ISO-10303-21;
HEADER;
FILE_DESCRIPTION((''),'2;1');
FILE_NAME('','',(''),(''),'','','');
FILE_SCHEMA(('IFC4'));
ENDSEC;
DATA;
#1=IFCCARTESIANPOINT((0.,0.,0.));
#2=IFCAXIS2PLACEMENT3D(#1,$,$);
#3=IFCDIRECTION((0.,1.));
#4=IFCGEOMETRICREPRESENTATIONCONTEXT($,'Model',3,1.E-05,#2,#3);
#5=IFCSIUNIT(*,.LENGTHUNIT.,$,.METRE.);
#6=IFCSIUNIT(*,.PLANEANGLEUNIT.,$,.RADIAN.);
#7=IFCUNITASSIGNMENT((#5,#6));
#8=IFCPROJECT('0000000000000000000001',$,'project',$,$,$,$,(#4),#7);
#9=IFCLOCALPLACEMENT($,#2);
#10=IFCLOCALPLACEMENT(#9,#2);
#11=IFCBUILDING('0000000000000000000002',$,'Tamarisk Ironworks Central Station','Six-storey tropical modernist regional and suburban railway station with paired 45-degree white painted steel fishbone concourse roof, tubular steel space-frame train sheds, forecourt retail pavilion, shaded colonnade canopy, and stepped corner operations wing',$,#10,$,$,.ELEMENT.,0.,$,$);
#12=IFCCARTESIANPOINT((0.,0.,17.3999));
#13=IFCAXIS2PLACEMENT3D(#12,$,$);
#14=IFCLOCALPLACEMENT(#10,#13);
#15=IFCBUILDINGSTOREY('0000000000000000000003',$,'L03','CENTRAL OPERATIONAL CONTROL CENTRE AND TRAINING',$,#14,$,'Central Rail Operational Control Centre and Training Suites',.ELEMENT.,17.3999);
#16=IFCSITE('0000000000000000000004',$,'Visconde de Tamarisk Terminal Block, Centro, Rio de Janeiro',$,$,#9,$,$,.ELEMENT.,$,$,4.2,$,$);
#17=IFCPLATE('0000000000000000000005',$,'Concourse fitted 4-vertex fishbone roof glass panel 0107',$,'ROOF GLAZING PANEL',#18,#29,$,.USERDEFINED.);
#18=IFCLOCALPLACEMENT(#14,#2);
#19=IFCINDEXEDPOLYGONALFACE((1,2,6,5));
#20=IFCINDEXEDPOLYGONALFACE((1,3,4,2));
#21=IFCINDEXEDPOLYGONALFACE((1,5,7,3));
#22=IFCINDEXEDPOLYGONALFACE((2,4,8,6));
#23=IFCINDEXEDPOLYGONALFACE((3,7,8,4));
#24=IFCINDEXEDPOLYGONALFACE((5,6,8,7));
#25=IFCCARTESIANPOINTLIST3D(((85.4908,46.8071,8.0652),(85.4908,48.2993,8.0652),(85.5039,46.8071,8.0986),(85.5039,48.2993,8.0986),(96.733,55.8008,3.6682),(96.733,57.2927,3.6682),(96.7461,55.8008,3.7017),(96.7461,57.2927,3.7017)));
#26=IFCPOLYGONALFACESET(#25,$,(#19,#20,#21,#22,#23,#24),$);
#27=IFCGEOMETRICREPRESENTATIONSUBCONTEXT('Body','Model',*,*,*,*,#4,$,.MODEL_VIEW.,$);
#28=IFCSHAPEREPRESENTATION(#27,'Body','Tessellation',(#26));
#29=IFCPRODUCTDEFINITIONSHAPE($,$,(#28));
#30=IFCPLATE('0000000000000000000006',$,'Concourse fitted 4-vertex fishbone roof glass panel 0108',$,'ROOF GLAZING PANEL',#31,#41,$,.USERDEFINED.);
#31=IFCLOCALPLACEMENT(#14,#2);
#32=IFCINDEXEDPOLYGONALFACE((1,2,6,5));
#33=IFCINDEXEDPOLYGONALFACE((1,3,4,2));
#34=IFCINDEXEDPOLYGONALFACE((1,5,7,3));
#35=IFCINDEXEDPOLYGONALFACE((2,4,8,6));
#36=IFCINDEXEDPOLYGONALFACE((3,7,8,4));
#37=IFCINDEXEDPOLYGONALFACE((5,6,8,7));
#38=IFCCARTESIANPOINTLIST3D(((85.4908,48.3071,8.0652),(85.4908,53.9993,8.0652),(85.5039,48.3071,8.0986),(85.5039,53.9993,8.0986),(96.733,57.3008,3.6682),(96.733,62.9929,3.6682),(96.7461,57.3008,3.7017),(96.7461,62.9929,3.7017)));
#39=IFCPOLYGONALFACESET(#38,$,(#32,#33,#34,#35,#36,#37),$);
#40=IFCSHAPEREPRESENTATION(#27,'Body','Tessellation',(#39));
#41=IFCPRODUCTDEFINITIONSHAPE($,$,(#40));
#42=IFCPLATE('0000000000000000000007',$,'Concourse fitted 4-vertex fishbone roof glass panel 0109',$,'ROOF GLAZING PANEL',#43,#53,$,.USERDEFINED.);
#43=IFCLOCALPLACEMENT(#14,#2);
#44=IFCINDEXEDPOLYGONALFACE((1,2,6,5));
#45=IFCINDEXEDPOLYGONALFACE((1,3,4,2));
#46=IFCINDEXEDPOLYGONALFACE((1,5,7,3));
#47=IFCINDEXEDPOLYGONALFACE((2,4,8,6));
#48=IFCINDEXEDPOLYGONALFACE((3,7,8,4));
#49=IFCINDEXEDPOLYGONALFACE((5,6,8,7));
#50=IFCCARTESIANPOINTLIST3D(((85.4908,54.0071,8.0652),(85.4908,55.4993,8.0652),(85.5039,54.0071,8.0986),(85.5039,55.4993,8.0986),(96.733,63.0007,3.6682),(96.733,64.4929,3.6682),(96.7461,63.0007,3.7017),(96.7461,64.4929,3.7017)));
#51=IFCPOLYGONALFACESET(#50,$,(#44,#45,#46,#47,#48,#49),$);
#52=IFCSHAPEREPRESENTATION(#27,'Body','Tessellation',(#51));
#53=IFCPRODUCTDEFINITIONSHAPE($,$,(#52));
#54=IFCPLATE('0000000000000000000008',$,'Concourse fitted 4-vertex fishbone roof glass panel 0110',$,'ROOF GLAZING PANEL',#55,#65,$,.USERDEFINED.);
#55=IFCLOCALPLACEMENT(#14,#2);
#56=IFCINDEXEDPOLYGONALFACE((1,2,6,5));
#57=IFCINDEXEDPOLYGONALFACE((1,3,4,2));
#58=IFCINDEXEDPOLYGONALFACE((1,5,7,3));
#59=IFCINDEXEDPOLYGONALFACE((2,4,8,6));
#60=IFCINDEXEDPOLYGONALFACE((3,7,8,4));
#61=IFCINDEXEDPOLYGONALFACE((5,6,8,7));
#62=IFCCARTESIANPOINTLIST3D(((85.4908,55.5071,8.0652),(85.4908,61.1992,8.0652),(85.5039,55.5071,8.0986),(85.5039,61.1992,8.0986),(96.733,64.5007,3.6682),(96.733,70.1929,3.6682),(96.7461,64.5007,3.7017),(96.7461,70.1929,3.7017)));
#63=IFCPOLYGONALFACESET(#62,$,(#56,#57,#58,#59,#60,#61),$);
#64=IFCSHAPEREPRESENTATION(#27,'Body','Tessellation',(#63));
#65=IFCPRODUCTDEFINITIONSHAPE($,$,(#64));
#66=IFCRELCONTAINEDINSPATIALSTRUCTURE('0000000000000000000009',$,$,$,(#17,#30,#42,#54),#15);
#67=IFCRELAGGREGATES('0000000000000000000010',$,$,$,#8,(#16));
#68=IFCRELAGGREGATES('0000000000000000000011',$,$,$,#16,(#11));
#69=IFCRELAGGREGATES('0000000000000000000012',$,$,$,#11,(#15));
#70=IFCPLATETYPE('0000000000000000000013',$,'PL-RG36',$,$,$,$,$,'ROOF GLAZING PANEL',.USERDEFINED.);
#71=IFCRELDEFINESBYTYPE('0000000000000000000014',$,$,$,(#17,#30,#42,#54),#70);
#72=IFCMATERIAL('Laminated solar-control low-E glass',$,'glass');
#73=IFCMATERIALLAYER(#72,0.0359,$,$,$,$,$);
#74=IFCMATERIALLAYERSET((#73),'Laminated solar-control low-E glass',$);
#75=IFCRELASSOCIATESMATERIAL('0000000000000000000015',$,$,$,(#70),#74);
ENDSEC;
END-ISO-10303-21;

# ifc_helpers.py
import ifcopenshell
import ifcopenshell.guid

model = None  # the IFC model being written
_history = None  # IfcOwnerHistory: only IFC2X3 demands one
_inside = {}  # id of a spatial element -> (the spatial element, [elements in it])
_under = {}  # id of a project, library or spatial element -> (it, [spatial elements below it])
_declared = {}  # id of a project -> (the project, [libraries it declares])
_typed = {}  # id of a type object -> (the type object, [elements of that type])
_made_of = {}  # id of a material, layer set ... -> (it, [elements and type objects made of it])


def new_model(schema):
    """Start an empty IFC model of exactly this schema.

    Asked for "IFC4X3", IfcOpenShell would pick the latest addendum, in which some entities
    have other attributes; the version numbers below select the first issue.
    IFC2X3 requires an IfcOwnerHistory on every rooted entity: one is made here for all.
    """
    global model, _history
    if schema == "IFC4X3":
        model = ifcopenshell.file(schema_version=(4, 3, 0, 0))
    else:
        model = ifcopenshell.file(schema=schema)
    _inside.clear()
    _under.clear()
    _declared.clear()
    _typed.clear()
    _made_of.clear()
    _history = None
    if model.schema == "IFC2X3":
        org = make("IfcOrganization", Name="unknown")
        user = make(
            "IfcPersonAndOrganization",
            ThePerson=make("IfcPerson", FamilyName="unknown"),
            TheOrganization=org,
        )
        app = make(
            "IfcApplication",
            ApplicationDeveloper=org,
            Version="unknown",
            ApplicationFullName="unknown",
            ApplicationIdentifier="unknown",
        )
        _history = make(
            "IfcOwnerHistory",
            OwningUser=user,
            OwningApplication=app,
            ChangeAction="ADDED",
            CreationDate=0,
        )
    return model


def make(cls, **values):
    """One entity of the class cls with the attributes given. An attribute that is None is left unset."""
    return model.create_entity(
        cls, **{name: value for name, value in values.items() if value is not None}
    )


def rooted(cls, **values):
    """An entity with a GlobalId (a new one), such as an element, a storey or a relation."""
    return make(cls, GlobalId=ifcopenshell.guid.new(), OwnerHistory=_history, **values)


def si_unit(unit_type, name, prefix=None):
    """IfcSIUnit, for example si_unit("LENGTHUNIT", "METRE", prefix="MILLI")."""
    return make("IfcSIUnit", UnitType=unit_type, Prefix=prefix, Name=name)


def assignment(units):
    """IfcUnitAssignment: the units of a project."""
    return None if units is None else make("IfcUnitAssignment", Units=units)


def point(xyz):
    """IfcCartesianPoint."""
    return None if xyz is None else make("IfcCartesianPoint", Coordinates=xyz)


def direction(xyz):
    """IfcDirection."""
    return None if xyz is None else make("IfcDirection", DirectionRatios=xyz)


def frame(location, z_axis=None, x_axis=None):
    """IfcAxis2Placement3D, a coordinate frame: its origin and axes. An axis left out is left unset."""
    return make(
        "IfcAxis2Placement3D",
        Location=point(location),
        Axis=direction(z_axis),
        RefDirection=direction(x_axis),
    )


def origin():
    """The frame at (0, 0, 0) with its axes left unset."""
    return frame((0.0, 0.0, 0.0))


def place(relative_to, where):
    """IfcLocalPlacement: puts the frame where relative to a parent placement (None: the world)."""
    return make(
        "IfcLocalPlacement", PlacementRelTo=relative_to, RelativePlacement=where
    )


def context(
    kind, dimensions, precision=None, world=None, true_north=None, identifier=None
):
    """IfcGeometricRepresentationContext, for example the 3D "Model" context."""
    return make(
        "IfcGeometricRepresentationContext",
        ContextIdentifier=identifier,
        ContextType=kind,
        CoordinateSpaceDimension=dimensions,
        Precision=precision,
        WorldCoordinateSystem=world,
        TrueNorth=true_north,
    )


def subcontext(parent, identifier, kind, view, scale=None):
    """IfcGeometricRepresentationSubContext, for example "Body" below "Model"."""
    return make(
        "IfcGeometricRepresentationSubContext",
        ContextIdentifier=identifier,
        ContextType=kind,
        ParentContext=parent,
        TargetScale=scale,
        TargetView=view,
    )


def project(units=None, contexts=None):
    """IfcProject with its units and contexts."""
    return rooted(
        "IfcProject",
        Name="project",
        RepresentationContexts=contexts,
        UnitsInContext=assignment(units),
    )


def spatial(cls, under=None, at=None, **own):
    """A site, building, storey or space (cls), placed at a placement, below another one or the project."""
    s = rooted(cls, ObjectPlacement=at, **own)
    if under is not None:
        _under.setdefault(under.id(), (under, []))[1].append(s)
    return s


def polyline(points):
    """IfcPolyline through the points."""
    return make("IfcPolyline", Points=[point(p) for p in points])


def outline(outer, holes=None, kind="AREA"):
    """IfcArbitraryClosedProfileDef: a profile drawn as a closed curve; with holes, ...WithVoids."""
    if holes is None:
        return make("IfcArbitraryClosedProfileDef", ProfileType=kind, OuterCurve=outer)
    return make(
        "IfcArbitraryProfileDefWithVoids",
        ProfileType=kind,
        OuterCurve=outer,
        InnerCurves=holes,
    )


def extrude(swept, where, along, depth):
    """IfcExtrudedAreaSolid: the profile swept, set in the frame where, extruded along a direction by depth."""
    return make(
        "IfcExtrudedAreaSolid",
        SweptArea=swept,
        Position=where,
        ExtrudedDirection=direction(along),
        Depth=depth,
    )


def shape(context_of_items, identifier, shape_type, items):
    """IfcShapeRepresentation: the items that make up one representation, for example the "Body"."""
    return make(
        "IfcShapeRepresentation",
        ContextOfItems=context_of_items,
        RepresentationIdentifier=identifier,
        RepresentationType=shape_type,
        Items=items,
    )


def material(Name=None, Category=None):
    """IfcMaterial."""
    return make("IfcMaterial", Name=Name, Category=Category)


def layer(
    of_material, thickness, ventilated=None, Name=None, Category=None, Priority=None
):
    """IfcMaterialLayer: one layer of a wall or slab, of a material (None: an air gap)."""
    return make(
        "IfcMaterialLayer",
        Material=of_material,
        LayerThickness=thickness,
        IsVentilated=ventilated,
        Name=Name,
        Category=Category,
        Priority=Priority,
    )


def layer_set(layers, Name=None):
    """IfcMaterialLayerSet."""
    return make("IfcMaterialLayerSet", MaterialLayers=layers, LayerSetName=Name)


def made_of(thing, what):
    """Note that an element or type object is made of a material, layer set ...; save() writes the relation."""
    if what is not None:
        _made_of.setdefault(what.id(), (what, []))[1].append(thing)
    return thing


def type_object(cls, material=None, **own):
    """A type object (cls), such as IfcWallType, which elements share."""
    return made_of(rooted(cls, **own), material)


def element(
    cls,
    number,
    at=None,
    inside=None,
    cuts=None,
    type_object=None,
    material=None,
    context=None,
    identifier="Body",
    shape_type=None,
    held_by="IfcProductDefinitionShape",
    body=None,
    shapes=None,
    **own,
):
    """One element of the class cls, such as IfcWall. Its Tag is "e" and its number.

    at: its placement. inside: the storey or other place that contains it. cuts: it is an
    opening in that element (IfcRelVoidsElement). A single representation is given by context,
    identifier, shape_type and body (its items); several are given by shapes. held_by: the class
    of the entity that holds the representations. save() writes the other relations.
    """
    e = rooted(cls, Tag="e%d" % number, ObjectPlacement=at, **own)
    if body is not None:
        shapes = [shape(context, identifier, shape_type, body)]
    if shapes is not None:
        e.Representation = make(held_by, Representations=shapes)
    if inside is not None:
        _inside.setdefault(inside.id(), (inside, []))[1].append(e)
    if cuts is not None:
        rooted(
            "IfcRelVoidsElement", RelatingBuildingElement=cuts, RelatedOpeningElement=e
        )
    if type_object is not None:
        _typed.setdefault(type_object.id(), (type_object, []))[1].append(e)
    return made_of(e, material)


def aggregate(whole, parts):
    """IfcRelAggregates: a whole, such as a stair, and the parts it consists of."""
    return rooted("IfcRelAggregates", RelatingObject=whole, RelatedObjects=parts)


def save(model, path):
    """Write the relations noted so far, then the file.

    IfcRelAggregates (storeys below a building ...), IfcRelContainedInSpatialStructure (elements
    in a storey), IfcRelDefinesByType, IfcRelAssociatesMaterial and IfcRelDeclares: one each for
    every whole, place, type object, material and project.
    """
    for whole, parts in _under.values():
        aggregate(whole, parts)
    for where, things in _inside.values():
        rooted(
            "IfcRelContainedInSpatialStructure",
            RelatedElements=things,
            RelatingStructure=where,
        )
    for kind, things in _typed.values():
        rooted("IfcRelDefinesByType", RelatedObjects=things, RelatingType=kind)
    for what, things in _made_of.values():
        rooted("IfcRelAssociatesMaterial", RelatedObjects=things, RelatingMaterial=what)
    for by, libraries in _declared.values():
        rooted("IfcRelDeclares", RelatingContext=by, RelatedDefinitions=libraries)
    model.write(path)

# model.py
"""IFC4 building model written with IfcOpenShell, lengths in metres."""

from ifc_helpers import new_model, si_unit, direction, frame, origin, place, context, subcontext, project, spatial, polyline, outline, extrude, material, layer, layer_set, type_object, element, save


model = new_model("IFC4")

# Units and contexts
model_context = context("Model", 3, precision=1e-05, world=origin(), true_north=direction((0.0, 1.0)))
body_context = subcontext(model_context, "Body", "Model", "MODEL_VIEW")
ifc_project = project(units=[si_unit("LENGTHUNIT", "METRE"), si_unit("PLANEANGLEUNIT", "RADIAN")], contexts=[model_context])

# Site, building, storey
site_placement = place(None, origin())
site = spatial("IfcSite", under=ifc_project, at=site_placement, Name="Visconde de Tamarisk Terminal Block, Centro, Rio de Janeiro", CompositionType="ELEMENT", RefElevation=4.2)
building_placement = place(site_placement, origin())
building = spatial("IfcBuilding", under=site, at=building_placement, Name="Tamarisk Ironworks Central Station", Description="Six-storey tropical modernist regional and suburban railway station with paired 45-degree white painted steel fishbone concourse roof, tubular steel space-frame train sheds, forecourt retail pavilion, shaded colonnade canopy, and stepped corner operations wing", CompositionType="ELEMENT", ElevationOfRefHeight=0.0)
storey_placement = place(building_placement, frame((0.0, 0.0, 17.3999)))
storey = spatial("IfcBuildingStorey", under=building, at=storey_placement, Name="L03", Description="CENTRAL OPERATIONAL CONTROL CENTRE AND TRAINING", LongName="Central Rail Operational Control Centre and Training Suites", CompositionType="ELEMENT", Elevation=17.3999)

# Plates
ifc_material_1 = material(Name="Laminated solar-control low-E glass", Category="glass")
ifc_layer_1 = layer(ifc_material_1, 0.0359)
ifc_layer_set_1 = layer_set([ifc_layer_1], Name="Laminated solar-control low-E glass")
plate_type_1 = type_object("IfcPlateType", Name="PL-RG36", ElementType="ROOF GLAZING PANEL", PredefinedType="USERDEFINED", material=ifc_layer_set_1)
plate_1_placement = place(storey_placement, frame((96.7461, 55.8008, 3.7017), z_axis=(0.364245, 0.0, 0.931303), x_axis=(0.0, 1.0, 0.0)))
element("IfcPlate", 1, at=plate_1_placement, inside=storey, type_object=plate_type_1, Name="Concourse fitted 4-vertex fishbone roof glass panel 0107", ObjectType="ROOF GLAZING PANEL", PredefinedType="USERDEFINED", context=body_context, shape_type="SweptSolid", body=[
    extrude(outline(polyline([(0.0, 0.0), (1.4919, 0.0), (-7.5015, 12.0715), (-8.9937, 12.0715), (0.0, 0.0)])), origin(), (0.0, 0.0, -1.0), 0.0359),
])
plate_2_placement = place(storey_placement, frame((96.7461, 57.3008, 3.7017), z_axis=(0.364245, 0.0, 0.931303), x_axis=(0.0, 1.0, 0.0)))
element("IfcPlate", 2, at=plate_2_placement, inside=storey, type_object=plate_type_1, Name="Concourse fitted 4-vertex fishbone roof glass panel 0108", ObjectType="ROOF GLAZING PANEL", PredefinedType="USERDEFINED", context=body_context, shape_type="SweptSolid", body=[
    extrude(outline(polyline([(0.0, 0.0), (5.6921, 0.0), (-3.3015, 12.0715), (-8.9937, 12.0715), (0.0, 0.0)])), origin(), (0.0, 0.0, -1.0), 0.0359),
])
plate_3_placement = place(storey_placement, frame((96.7461, 63.0007, 3.7017), z_axis=(0.364245, 0.0, 0.931303), x_axis=(0.0, 1.0, 0.0)))
element("IfcPlate", 3, at=plate_3_placement, inside=storey, type_object=plate_type_1, Name="Concourse fitted 4-vertex fishbone roof glass panel 0109", ObjectType="ROOF GLAZING PANEL", PredefinedType="USERDEFINED", context=body_context, shape_type="SweptSolid", body=[
    extrude(outline(polyline([(0.0, 0.0), (1.4922, 0.0), (-7.5015, 12.0715), (-8.9937, 12.0715), (0.0, 0.0)])), origin(), (0.0, 0.0, -1.0), 0.0359),
])
plate_4_placement = place(storey_placement, frame((96.7461, 64.5007, 3.7017), z_axis=(0.364245, 0.0, 0.931303), x_axis=(0.0, 1.0, 0.0)))
element("IfcPlate", 4, at=plate_4_placement, inside=storey, type_object=plate_type_1, Name="Concourse fitted 4-vertex fishbone roof glass panel 0110", ObjectType="ROOF GLAZING PANEL", PredefinedType="USERDEFINED", context=body_context, shape_type="SweptSolid", body=[
    extrude(outline(polyline([(0.0, 0.0), (5.6921, 0.0), (-3.3015, 12.0715), (-8.9937, 12.0715), (0.0, 0.0)])), origin(), (0.0, 0.0, -1.0), 0.0359),
])

save(model, "model.ifc")
